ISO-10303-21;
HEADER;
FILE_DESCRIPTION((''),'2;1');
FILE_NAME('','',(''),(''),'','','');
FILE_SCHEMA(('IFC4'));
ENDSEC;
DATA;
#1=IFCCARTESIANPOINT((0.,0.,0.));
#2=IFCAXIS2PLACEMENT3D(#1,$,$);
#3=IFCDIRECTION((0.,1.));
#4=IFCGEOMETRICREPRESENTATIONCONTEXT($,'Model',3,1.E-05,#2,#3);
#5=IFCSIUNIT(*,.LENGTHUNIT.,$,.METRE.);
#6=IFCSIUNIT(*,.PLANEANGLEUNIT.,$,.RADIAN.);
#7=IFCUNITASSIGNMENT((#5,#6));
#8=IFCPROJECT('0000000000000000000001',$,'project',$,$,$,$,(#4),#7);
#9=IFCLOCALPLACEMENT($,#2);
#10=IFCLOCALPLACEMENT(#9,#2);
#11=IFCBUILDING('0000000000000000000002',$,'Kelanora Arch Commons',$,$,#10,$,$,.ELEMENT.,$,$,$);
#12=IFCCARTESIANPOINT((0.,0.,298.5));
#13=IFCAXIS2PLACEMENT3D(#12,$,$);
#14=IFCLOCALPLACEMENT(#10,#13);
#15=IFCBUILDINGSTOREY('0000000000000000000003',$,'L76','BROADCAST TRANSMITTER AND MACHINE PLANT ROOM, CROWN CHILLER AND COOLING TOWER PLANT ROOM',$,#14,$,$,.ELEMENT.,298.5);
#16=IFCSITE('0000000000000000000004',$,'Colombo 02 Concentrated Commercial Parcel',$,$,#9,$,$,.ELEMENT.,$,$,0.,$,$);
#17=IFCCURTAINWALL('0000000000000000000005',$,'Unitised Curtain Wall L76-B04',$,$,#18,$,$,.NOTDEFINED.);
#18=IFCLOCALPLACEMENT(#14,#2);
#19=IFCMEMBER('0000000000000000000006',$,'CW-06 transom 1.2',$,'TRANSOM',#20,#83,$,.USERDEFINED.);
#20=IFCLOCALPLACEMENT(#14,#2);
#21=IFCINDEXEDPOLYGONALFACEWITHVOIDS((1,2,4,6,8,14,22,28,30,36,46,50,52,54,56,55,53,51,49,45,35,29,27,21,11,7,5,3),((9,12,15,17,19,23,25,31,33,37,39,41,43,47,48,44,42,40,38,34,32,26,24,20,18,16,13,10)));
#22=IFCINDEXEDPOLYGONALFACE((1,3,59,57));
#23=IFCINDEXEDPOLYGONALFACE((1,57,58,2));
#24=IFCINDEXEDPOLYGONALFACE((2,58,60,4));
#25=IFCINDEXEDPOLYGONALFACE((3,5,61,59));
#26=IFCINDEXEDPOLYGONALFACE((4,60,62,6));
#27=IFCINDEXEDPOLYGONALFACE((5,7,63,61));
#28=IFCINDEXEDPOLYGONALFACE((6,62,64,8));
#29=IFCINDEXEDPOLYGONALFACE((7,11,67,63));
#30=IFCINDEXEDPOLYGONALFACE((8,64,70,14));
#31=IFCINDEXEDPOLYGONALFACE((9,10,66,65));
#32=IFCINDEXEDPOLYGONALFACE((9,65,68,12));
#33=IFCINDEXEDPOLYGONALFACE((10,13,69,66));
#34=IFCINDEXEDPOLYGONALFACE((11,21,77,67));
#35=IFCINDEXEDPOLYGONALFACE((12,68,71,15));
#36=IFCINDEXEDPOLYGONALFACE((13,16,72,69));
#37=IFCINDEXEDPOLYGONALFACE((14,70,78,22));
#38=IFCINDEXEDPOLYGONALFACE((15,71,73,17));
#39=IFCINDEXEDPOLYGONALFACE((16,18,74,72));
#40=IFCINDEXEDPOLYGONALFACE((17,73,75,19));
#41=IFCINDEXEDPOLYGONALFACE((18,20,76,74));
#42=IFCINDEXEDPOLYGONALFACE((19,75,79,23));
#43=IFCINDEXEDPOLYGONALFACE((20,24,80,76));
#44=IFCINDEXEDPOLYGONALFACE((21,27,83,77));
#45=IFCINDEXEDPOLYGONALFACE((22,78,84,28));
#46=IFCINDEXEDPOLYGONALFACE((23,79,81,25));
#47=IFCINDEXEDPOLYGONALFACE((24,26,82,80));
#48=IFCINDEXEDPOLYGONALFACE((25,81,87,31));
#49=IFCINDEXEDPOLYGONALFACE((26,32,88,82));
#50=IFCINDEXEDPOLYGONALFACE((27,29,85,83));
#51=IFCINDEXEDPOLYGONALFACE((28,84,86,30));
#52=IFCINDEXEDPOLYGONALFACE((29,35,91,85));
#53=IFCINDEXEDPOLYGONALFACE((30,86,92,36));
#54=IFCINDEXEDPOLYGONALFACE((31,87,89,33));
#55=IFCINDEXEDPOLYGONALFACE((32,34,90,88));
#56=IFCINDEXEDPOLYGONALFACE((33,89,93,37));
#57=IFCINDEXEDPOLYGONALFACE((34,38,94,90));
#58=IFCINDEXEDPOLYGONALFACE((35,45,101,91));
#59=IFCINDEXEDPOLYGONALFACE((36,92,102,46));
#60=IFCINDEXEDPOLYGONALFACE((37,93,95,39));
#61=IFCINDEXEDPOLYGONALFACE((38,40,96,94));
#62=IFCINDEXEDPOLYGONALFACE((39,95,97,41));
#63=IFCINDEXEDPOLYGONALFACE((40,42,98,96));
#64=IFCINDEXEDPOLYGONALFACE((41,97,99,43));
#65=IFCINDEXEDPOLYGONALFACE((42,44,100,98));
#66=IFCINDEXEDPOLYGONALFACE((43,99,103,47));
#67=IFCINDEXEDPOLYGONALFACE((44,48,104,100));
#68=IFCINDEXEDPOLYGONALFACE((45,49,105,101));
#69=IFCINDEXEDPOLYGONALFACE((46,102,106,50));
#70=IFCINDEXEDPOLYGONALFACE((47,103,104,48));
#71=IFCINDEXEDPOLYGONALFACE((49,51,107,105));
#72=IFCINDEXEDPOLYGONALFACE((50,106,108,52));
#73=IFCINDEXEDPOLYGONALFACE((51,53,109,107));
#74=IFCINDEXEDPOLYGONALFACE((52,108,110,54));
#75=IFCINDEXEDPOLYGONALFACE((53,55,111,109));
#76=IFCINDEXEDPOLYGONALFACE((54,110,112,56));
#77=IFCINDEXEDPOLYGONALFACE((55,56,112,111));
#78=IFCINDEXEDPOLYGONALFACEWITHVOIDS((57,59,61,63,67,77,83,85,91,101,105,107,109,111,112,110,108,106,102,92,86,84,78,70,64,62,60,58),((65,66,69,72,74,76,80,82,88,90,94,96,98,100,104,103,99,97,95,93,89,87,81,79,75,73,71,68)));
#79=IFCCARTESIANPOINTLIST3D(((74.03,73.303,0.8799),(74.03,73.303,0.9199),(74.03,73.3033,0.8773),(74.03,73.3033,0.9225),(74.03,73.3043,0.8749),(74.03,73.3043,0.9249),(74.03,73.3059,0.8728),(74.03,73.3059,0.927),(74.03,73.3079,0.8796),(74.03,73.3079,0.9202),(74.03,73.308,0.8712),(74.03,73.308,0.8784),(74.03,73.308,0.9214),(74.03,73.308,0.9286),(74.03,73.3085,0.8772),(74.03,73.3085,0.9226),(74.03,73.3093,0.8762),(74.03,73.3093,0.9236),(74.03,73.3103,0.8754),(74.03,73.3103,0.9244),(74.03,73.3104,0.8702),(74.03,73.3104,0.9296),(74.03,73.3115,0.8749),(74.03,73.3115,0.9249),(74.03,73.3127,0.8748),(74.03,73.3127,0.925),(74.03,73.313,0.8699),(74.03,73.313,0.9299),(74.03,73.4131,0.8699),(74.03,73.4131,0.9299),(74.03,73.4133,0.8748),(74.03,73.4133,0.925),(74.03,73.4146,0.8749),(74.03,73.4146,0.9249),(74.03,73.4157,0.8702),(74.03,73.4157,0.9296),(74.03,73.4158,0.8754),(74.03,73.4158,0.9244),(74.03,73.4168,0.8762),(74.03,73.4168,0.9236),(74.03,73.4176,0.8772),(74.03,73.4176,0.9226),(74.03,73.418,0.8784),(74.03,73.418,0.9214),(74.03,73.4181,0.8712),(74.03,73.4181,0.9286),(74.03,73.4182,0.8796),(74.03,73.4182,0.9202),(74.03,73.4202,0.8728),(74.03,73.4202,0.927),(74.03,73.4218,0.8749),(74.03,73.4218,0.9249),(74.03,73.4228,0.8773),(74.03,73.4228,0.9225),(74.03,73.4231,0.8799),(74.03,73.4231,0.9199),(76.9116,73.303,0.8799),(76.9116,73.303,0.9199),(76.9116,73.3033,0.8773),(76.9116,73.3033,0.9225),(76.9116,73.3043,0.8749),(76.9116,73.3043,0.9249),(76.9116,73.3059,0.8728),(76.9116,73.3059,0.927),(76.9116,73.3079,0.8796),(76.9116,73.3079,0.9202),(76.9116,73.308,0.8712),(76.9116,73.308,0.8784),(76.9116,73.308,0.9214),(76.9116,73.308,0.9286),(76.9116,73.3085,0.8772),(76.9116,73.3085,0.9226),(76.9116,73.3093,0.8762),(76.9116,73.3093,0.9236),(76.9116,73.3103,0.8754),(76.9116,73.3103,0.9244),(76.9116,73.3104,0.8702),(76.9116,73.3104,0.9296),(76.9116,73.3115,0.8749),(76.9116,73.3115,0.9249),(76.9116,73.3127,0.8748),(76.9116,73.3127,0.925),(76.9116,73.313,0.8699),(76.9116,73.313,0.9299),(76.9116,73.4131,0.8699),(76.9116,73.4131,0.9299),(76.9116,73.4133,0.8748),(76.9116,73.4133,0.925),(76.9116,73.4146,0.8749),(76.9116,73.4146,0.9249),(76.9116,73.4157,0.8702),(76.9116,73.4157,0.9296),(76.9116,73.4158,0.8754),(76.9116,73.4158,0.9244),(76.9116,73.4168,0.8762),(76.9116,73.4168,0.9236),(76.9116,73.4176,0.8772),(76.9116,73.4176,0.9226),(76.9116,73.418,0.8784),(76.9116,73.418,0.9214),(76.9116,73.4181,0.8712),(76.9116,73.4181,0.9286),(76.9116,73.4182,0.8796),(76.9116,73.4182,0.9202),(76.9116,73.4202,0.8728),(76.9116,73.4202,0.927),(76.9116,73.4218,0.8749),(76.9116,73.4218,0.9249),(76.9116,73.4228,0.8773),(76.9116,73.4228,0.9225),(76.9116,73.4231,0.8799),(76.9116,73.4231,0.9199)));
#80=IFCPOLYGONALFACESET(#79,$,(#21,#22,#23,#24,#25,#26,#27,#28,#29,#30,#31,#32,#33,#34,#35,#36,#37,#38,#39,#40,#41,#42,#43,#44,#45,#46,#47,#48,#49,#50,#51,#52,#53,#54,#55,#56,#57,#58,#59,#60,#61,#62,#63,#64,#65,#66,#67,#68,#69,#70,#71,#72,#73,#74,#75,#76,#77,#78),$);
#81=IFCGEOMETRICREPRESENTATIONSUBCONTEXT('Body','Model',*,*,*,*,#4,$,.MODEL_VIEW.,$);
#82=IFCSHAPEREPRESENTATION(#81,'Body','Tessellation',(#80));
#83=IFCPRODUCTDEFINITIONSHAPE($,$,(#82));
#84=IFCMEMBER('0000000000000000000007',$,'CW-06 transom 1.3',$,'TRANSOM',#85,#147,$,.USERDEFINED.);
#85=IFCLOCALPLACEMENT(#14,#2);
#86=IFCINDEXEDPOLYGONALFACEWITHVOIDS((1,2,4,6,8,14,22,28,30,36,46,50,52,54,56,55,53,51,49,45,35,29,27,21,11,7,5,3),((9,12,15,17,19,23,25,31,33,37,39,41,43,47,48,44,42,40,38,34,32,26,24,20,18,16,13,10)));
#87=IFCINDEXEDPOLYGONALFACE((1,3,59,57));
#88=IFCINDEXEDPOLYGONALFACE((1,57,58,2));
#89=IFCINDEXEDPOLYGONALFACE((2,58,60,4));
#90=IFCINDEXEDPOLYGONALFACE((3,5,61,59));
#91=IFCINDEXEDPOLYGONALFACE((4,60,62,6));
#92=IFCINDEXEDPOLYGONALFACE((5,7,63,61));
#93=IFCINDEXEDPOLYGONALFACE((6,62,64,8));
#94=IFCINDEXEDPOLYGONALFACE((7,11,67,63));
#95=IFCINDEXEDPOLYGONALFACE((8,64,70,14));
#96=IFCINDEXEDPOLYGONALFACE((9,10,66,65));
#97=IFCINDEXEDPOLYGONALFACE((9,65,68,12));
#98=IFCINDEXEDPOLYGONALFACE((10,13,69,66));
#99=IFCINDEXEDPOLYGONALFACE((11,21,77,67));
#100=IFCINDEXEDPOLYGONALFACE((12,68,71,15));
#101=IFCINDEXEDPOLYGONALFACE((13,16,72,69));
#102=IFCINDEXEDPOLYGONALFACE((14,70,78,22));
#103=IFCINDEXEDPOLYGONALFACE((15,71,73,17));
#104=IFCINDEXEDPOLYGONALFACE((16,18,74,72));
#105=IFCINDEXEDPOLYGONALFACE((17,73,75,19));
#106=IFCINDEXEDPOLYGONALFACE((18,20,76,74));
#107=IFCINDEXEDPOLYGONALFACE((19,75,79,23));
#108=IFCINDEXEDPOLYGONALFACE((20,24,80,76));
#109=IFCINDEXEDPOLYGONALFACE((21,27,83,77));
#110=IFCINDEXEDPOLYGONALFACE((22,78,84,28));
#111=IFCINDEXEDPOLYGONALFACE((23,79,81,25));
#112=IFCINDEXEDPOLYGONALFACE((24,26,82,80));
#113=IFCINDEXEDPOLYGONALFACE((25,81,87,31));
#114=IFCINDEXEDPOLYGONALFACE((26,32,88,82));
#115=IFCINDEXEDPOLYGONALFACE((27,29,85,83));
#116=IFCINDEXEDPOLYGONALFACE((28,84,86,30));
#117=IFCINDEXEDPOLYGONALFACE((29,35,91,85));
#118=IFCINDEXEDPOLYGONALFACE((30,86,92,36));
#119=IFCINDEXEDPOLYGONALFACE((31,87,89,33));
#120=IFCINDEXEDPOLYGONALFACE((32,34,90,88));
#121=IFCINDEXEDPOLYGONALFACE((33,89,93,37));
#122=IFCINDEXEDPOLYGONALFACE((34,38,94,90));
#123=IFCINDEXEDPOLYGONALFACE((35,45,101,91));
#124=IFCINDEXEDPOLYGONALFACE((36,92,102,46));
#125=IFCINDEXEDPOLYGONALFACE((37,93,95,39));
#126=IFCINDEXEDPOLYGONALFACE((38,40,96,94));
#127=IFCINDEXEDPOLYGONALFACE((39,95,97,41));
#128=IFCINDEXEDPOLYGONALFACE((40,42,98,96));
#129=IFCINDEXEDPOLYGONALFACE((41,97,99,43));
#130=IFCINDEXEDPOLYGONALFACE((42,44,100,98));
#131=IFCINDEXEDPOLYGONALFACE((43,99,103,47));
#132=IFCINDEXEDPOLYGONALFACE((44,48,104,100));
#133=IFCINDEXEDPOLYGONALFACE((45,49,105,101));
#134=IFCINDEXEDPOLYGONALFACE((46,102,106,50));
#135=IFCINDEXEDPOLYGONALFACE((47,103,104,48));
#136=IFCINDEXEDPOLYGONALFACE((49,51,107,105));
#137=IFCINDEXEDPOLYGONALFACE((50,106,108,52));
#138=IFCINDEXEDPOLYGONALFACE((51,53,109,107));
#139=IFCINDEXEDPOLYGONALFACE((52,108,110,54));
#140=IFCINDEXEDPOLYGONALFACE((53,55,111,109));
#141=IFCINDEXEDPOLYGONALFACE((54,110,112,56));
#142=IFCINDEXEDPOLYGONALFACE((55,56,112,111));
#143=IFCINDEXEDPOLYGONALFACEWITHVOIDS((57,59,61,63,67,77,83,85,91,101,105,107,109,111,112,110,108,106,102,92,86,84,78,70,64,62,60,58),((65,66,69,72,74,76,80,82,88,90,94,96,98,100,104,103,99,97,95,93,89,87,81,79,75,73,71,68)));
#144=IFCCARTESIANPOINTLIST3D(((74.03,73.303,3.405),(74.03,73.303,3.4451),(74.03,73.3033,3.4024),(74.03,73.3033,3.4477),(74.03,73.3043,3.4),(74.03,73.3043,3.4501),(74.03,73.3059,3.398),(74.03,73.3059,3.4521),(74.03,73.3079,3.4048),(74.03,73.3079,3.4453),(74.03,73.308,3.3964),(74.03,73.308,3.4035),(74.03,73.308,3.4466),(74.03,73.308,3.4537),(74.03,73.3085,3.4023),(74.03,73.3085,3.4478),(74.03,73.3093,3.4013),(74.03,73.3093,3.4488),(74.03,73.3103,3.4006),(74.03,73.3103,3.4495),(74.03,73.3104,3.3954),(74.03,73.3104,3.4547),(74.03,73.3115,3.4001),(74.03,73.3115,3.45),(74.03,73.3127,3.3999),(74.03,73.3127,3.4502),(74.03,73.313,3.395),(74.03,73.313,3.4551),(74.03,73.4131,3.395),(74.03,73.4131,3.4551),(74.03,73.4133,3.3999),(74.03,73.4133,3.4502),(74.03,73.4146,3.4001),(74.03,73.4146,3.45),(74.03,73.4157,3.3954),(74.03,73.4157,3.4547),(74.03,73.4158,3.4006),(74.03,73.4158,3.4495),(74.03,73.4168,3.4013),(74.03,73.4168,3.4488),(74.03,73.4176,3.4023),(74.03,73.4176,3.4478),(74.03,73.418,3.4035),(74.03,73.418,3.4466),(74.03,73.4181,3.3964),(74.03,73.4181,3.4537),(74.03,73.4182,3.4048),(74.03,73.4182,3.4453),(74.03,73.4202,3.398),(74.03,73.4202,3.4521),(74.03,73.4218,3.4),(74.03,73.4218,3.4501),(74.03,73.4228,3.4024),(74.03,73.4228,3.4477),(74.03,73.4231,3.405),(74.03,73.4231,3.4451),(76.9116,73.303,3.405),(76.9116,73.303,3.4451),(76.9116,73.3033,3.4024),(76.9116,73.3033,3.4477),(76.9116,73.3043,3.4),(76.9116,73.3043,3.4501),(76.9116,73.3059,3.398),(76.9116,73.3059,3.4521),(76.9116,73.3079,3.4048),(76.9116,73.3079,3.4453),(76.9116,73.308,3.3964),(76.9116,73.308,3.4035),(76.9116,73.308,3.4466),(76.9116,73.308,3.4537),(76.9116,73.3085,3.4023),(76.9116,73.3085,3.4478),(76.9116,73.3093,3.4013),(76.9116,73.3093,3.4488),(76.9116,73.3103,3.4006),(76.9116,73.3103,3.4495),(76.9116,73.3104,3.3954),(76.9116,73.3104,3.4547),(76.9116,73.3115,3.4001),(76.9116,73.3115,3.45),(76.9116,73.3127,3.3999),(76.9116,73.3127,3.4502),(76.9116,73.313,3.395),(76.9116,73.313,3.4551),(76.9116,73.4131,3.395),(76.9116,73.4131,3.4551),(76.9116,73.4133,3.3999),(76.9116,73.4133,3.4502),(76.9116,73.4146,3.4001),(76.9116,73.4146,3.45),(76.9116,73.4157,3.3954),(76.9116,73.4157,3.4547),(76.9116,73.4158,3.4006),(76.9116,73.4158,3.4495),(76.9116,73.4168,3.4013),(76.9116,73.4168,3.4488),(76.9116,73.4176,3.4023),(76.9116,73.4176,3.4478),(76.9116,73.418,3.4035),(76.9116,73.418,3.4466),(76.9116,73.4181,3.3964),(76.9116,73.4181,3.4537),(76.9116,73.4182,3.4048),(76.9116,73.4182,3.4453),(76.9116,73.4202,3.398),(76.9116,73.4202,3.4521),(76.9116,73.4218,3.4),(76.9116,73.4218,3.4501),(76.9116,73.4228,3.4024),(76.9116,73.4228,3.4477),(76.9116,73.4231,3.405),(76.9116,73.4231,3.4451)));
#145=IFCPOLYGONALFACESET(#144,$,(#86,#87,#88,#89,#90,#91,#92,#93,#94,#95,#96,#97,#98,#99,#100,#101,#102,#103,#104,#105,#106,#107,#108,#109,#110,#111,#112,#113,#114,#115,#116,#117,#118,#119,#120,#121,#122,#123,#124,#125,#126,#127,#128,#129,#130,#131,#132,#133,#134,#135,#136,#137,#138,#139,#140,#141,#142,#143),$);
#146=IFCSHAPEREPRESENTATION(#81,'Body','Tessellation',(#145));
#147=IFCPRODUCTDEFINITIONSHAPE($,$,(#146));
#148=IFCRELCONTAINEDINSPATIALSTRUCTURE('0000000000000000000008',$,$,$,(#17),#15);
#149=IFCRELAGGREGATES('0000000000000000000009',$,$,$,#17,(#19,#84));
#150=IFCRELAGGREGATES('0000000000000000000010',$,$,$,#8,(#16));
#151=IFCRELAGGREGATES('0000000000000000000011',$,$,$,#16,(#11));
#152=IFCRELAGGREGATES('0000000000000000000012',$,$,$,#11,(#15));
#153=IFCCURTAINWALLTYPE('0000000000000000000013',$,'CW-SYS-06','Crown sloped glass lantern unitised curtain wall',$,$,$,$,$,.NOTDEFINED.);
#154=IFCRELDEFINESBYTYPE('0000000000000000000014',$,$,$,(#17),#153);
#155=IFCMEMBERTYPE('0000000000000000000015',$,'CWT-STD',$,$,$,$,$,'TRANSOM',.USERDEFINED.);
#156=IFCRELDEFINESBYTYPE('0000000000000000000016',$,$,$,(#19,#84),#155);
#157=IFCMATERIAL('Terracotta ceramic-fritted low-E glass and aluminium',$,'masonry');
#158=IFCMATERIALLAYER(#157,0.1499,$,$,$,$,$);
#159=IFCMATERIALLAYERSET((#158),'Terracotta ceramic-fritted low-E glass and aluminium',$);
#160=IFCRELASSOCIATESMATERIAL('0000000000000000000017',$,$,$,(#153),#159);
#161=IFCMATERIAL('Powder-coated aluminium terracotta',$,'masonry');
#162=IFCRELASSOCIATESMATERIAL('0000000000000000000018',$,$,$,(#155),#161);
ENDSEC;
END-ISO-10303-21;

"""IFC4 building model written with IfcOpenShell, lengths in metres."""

from ifc_helpers import new_model, si_unit, direction, frame, origin, origin_2d, place, context, subcontext, project, spatial, hollow_rectangle, extrude, material, layer, layer_set, material_profile, profile_set, type_object, element, aggregate, save


model = new_model("IFC4")

# Units and contexts
model_context = context("Model", 3, precision=1e-05, world=origin(), true_north=direction((0.0, 1.0)))
body_context = subcontext(model_context, "Body", "Model", "MODEL_VIEW")
ifc_project = project(units=[si_unit("LENGTHUNIT", "METRE"), si_unit("PLANEANGLEUNIT", "RADIAN")], contexts=[model_context])

# Site, building, storey
site_placement = place(None, origin())
site = spatial("IfcSite", under=ifc_project, at=site_placement, Name="Colombo 02 Concentrated Commercial Parcel", CompositionType="ELEMENT", RefElevation=0.0)
building_placement = place(site_placement, origin())
building = spatial("IfcBuilding", under=site, at=building_placement, Name="Kelanora Arch Commons", CompositionType="ELEMENT")
storey_placement = place(building_placement, frame((0.0, 0.0, 298.5)))
storey = spatial("IfcBuildingStorey", under=building, at=storey_placement, Name="L76", Description="BROADCAST TRANSMITTER AND MACHINE PLANT ROOM, CROWN CHILLER AND COOLING TOWER PLANT ROOM", CompositionType="ELEMENT", Elevation=298.5)

# Shared definitions
ifc_material_1 = material(Name="Terracotta ceramic-fritted low-E glass and aluminium", Category="masonry")
ifc_layer_1 = layer(ifc_material_1, 0.1499)
ifc_layer_set_1 = layer_set([ifc_layer_1], Name="Terracotta ceramic-fritted low-E glass and aluminium")
curtain_wall_type = type_object("IfcCurtainWallType", Name="CW-SYS-06", Description="Crown sloped glass lantern unitised curtain wall", PredefinedType="NOTDEFINED", material=ifc_layer_set_1)
ifc_material_2 = material(Name="Powder-coated aluminium terracotta", Category="masonry")

# Curtain wall, members
curtain_wall_1_placement = place(storey_placement, origin())
curtain_wall_1 = element("IfcCurtainWall", 1, at=curtain_wall_1_placement, inside=storey, type_object=curtain_wall_type, Name="Unitised Curtain Wall L76-B04", PredefinedType="NOTDEFINED")
ifc_material_profile_1 = material_profile(ifc_material_2, hollow_rectangle(XDim=0.1201, YDim=0.0601, WallThickness=0.0049, InnerFilletRadius=0.0049, OuterFilletRadius=0.01, at=origin_2d()), Name="CWT120x60")
ifc_profile_set_1 = profile_set([ifc_material_profile_1], Name="Powder-coated aluminium terracotta")
member_type_1 = type_object("IfcMemberType", Name="CWT-STD", ElementType="TRANSOM", PredefinedType="USERDEFINED", material=ifc_profile_set_1)
member_1_placement = place(storey_placement, frame((76.9116, 73.363, 0.8999), z_axis=(-1.0, 0.0, 0.0), x_axis=(0.0, -1.0, 0.0)))
member_1 = element("IfcMember", 2, at=member_1_placement, type_object=member_type_1, Name="CW-06 transom 1.2", ObjectType="TRANSOM", PredefinedType="USERDEFINED", context=body_context, shape_type="SweptSolid", body=[
    extrude(hollow_rectangle(XDim=0.1201, YDim=0.0601, WallThickness=0.0049, InnerFilletRadius=0.0049, OuterFilletRadius=0.01, at=origin_2d()), origin(), (0.0, 0.0, 1.0), 2.8816),
])
member_2_placement = place(storey_placement, frame((76.9116, 73.363, 3.425), z_axis=(-1.0, 0.0, 0.0), x_axis=(0.0, -1.0, 0.0)))
member_2 = element("IfcMember", 3, at=member_2_placement, type_object=member_type_1, Name="CW-06 transom 1.3", ObjectType="TRANSOM", PredefinedType="USERDEFINED", context=body_context, shape_type="SweptSolid", body=[
    extrude(hollow_rectangle(XDim=0.1201, YDim=0.0601, WallThickness=0.0049, InnerFilletRadius=0.0049, OuterFilletRadius=0.01, at=origin_2d()), origin(), (0.0, 0.0, 1.0), 2.8816),
])

aggregate(curtain_wall_1, [member_1, member_2])

save(model, "model.ifc")
